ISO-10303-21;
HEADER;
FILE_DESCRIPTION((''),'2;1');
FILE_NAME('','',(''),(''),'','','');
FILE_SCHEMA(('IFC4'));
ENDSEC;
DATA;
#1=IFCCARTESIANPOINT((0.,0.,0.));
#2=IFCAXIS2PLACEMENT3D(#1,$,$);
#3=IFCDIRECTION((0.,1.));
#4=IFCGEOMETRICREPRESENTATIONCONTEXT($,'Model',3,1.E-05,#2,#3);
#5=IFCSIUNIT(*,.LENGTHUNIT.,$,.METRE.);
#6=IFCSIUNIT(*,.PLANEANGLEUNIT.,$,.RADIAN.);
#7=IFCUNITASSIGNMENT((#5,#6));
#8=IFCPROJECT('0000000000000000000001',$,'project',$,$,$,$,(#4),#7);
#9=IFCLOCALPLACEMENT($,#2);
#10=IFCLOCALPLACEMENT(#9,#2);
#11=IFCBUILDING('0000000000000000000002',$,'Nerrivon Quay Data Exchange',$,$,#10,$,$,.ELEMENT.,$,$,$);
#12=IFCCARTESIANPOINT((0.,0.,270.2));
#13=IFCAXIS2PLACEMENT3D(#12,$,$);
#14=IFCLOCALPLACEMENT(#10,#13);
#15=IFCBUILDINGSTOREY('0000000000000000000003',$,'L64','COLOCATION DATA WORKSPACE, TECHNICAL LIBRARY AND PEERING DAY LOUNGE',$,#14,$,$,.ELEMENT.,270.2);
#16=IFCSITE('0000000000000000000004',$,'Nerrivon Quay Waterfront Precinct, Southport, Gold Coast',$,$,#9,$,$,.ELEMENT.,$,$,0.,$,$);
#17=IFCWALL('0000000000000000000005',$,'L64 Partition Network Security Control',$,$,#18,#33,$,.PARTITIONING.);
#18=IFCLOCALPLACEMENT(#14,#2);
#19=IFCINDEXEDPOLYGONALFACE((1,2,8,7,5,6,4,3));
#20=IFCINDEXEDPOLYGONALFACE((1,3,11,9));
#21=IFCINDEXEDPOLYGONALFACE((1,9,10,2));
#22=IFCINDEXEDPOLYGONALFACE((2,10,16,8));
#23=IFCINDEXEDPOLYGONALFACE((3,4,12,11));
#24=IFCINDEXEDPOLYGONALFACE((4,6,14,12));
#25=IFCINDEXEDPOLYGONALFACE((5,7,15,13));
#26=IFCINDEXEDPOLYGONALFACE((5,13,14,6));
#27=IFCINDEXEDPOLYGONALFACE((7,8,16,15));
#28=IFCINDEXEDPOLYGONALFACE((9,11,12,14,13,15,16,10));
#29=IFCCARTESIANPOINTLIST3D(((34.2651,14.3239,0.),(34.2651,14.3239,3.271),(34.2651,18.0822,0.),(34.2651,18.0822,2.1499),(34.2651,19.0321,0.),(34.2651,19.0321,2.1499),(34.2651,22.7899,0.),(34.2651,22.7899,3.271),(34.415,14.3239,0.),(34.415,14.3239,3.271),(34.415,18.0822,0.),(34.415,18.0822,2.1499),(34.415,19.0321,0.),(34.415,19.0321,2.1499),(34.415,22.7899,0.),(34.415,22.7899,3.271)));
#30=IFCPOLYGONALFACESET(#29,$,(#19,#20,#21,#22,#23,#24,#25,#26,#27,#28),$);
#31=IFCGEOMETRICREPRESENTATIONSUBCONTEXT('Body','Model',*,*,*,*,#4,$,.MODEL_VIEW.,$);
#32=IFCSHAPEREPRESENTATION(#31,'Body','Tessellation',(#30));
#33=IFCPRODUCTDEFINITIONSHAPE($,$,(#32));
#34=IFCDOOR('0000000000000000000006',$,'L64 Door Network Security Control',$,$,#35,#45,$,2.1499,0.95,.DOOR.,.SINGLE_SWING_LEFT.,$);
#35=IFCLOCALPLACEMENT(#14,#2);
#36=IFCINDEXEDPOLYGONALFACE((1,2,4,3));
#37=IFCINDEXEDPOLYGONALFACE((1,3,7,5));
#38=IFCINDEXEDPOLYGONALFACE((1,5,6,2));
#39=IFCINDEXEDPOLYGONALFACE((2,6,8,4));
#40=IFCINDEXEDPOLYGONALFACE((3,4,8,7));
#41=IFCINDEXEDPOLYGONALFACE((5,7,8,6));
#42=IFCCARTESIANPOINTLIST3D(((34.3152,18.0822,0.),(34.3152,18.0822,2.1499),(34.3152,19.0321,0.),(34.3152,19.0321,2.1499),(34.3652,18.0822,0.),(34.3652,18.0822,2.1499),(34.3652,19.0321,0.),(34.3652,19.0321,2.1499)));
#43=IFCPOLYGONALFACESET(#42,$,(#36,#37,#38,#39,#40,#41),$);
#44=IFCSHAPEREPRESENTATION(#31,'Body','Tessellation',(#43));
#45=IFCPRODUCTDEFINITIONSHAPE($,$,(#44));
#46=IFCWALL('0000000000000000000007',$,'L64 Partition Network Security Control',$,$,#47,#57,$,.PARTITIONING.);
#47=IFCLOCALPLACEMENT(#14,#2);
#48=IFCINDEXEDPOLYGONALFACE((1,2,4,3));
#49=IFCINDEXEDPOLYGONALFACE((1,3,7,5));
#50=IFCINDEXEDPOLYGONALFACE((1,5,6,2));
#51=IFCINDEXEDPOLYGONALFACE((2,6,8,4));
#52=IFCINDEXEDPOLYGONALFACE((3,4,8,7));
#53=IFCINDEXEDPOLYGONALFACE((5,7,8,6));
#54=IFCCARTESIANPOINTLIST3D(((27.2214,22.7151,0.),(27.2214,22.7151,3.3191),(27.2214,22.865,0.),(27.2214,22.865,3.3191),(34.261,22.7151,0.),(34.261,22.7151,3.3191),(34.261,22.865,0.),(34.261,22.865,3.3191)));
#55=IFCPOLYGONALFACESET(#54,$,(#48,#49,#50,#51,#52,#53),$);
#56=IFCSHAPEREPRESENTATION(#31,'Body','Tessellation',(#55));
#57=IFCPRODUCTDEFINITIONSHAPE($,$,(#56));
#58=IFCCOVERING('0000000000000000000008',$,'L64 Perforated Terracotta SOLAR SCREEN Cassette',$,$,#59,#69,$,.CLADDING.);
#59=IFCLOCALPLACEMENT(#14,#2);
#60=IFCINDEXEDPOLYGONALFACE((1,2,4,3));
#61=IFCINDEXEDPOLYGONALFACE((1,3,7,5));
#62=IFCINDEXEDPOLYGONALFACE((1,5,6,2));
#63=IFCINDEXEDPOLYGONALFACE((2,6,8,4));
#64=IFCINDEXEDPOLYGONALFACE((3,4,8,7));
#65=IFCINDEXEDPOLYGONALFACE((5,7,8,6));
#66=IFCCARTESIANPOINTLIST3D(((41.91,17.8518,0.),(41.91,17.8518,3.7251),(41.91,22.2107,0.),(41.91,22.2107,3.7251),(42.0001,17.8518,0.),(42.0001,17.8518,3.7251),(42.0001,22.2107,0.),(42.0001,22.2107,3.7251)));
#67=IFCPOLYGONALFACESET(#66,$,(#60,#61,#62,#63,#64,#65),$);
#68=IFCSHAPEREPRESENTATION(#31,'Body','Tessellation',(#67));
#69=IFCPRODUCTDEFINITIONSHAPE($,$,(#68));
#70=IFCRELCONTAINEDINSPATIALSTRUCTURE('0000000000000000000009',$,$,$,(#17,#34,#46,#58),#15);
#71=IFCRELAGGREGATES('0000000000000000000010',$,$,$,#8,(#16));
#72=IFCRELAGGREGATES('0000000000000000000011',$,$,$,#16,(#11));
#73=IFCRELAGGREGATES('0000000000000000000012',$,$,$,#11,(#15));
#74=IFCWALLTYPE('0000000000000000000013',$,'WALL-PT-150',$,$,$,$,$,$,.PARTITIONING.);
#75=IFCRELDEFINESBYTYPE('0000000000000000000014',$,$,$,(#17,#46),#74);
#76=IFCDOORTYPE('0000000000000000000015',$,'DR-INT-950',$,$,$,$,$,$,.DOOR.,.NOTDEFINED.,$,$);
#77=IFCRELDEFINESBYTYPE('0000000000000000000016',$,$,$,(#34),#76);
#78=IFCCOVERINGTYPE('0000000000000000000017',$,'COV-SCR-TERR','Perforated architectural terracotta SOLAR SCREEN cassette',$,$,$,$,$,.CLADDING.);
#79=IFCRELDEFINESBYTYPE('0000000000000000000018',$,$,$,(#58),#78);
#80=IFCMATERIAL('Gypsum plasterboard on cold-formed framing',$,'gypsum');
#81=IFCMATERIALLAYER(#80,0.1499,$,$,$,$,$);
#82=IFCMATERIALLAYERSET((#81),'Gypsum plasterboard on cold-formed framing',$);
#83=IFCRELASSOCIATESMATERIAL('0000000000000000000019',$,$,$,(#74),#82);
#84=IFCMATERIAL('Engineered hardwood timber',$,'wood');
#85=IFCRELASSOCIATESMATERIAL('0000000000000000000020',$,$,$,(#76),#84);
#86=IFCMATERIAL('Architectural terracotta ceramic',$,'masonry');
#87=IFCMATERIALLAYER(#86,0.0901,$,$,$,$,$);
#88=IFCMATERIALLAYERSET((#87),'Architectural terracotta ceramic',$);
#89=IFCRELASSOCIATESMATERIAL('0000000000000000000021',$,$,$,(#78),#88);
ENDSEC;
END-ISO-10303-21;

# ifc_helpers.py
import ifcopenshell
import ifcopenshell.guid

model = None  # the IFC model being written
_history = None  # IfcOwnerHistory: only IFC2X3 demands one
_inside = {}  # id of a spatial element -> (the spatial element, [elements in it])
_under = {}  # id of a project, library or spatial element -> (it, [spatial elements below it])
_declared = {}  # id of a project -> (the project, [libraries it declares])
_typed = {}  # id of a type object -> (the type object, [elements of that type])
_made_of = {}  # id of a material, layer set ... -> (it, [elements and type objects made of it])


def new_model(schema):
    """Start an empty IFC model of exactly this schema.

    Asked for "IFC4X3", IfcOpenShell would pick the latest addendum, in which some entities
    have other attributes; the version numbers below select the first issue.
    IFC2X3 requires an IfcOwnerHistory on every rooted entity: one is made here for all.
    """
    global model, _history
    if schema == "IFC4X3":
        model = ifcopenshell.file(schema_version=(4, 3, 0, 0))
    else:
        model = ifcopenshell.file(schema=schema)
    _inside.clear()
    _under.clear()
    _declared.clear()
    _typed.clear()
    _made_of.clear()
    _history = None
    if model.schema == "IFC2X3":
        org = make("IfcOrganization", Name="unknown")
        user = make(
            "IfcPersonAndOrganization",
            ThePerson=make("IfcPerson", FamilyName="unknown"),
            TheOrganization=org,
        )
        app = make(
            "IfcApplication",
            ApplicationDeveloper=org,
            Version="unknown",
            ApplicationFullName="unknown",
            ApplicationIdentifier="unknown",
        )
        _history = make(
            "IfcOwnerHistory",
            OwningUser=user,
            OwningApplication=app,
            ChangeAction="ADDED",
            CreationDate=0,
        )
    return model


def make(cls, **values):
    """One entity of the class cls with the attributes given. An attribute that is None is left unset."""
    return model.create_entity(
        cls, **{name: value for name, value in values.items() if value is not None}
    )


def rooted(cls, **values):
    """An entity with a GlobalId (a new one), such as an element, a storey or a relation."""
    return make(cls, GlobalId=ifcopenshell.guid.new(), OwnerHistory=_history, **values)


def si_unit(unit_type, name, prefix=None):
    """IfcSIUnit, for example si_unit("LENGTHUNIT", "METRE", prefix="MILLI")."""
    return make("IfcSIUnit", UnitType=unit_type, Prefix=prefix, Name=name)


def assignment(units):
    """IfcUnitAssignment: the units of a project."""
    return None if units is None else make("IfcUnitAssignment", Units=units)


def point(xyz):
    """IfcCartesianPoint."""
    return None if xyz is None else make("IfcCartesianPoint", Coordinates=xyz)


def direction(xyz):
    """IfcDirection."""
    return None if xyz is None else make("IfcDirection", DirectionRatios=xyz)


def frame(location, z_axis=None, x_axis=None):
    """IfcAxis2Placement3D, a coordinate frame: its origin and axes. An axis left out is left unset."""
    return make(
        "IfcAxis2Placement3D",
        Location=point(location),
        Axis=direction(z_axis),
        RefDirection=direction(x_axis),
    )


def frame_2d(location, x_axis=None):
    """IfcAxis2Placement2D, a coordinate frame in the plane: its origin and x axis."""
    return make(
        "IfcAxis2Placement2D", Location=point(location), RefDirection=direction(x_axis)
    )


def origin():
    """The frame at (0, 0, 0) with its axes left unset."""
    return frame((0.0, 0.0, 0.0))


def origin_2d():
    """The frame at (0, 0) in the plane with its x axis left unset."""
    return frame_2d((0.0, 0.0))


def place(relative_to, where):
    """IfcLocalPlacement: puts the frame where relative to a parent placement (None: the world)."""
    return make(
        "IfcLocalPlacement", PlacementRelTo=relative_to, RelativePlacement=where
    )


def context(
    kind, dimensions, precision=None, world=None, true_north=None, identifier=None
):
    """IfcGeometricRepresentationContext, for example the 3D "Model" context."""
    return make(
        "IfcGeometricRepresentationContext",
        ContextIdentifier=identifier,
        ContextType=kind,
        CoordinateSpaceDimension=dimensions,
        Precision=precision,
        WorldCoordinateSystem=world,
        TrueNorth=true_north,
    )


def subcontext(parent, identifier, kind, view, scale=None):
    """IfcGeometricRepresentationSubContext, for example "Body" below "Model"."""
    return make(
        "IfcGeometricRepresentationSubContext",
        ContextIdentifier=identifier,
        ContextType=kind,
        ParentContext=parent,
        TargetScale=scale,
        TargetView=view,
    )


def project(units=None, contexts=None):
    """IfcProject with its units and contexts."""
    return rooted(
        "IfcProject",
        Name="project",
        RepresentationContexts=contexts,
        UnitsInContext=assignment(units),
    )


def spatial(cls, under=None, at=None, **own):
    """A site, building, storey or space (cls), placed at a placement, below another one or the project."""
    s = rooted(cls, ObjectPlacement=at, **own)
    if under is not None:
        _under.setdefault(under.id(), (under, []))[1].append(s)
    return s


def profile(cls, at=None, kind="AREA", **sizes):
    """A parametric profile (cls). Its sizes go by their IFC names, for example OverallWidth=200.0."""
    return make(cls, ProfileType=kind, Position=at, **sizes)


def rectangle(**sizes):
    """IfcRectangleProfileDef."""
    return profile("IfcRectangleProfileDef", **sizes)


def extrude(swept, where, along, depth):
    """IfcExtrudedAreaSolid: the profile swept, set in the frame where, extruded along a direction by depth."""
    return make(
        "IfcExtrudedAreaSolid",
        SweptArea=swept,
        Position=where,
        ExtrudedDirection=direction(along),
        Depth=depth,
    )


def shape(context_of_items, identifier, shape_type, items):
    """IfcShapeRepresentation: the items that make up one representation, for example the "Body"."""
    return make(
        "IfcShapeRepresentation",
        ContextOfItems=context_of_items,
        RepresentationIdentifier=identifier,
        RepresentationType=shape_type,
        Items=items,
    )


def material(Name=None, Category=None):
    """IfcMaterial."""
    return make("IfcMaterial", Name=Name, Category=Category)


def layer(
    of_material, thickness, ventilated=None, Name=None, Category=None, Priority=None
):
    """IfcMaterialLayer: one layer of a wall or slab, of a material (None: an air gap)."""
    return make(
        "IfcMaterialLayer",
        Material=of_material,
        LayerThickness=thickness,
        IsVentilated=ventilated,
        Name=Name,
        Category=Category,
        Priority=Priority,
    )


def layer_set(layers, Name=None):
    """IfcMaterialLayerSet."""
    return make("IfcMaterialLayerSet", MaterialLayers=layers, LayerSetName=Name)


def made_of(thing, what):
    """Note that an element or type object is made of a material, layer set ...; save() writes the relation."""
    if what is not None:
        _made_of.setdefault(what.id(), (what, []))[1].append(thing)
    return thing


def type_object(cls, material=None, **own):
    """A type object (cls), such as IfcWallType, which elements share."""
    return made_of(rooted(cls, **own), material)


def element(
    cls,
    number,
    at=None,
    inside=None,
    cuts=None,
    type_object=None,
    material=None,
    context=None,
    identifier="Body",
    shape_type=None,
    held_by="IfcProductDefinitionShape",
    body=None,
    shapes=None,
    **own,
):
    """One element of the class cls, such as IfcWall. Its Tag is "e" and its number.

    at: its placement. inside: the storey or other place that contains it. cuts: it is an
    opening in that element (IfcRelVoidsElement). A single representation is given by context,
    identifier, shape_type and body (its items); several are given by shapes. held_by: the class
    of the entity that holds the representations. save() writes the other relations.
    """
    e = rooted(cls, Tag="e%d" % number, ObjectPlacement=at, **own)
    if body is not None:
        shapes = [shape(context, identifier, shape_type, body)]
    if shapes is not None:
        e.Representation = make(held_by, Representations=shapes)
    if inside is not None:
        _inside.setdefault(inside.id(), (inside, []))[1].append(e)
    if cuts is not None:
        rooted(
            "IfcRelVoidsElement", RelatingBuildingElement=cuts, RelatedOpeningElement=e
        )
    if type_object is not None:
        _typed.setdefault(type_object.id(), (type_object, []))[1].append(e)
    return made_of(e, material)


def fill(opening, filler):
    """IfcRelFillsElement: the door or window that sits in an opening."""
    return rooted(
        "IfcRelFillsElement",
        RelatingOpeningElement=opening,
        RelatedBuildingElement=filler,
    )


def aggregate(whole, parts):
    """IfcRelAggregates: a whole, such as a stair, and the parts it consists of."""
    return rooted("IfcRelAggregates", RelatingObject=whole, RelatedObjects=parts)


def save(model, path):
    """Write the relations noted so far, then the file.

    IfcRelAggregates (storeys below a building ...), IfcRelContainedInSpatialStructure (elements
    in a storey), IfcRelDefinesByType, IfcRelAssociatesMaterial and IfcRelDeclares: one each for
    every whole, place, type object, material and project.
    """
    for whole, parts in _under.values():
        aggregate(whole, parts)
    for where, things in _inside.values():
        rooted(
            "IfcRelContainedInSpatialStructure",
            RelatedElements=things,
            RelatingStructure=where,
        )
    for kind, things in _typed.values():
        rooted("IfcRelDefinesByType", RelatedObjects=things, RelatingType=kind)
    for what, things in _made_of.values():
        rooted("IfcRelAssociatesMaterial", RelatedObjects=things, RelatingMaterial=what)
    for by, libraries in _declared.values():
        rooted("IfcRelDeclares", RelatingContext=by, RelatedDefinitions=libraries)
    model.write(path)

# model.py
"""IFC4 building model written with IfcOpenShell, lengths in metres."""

from ifc_helpers import new_model, si_unit, direction, frame, frame_2d, origin, origin_2d, place, context, subcontext, project, spatial, rectangle, extrude, material, layer, layer_set, type_object, element, fill, save


model = new_model("IFC4")

# Units and contexts
model_context = context("Model", 3, precision=1e-05, world=origin(), true_north=direction((0.0, 1.0)))
body_context = subcontext(model_context, "Body", "Model", "MODEL_VIEW")
ifc_project = project(units=[si_unit("LENGTHUNIT", "METRE"), si_unit("PLANEANGLEUNIT", "RADIAN")], contexts=[model_context])

# Site, building, storey
site_placement = place(None, origin())
site = spatial("IfcSite", under=ifc_project, at=site_placement, Name="Nerrivon Quay Waterfront Precinct, Southport, Gold Coast", CompositionType="ELEMENT", RefElevation=0.0)
building_placement = place(site_placement, origin())
building = spatial("IfcBuilding", under=site, at=building_placement, Name="Nerrivon Quay Data Exchange", CompositionType="ELEMENT")
storey_placement = place(building_placement, frame((0.0, 0.0, 270.2)))
storey = spatial("IfcBuildingStorey", under=building, at=storey_placement, Name="L64", Description="COLOCATION DATA WORKSPACE, TECHNICAL LIBRARY AND PEERING DAY LOUNGE", CompositionType="ELEMENT", Elevation=270.2)

# Wall, opening, door
ifc_material_1 = material(Name="Gypsum plasterboard on cold-formed framing", Category="gypsum")
ifc_material_2 = material(Name="Engineered hardwood timber", Category="wood")
ifc_layer_1 = layer(ifc_material_1, 0.1499)
ifc_layer_set_1 = layer_set([ifc_layer_1], Name="Gypsum plasterboard on cold-formed framing")
wall_type_1 = type_object("IfcWallType", Name="WALL-PT-150", PredefinedType="PARTITIONING", material=ifc_layer_set_1)
wall_1_placement = place(storey_placement, frame((34.3401, 14.324, 0.0), z_axis=(0.0, 0.0, 1.0), x_axis=(0.0, 1.0, 0.0)))
wall_1 = element("IfcWall", 1, at=wall_1_placement, inside=storey, type_object=wall_type_1, Name="L64 Partition Network Security Control", PredefinedType="PARTITIONING", context=body_context, shape_type="SweptSolid", body=[
    extrude(rectangle(XDim=8.4661, YDim=0.1499, at=frame_2d((4.2329, 0.0))), origin(), (0.0, 0.0, 1.0), 3.271),
])
opening_1_placement = place(wall_1_placement, frame((3.7581, 0.0, 0.0)))
opening_1 = element("IfcOpeningElement", 2, at=opening_1_placement, cuts=wall_1, PredefinedType="OPENING", context=body_context, shape_type="SweptSolid", body=[
    extrude(rectangle(XDim=0.95, YDim=2.1499, at=frame_2d((0.4751, 1.075))), frame((0.0, 0.085, 0.0), z_axis=(0.0, -1.0, 0.0), x_axis=(1.0, 0.0, 0.0)), (0.0, 0.0, 1.0), 0.1699),
])
door_type_1 = type_object("IfcDoorType", Name="DR-INT-950", OperationType="NOTDEFINED", PredefinedType="DOOR", material=ifc_material_2)
door_1_placement = place(opening_1_placement, origin())
door_1 = element("IfcDoor", 3, at=door_1_placement, inside=storey, type_object=door_type_1, Name="L64 Door Network Security Control", OperationType="SINGLE_SWING_LEFT", OverallHeight=2.1499, OverallWidth=0.95, PredefinedType="DOOR", context=body_context, shape_type="SweptSolid", body=[
    extrude(rectangle(XDim=0.95, YDim=2.1499, at=frame_2d((0.4751, 1.075))), frame((0.0, 0.0249, 0.0), z_axis=(0.0, -1.0, 0.0), x_axis=(1.0, 0.0, 0.0)), (0.0, 0.0, 1.0), 0.05),
])
fill(opening_1, door_1)

# Wall
wall_2_placement = place(storey_placement, frame((34.261, 22.79, 0.0), z_axis=(0.0, 0.0, 1.0), x_axis=(-1.0, 0.0, 0.0)))
element("IfcWall", 4, at=wall_2_placement, inside=storey, type_object=wall_type_1, Name="L64 Partition Network Security Control", PredefinedType="PARTITIONING", context=body_context, shape_type="SweptSolid", body=[
    extrude(rectangle(XDim=7.0396, YDim=0.1499, at=frame_2d((3.5198, 0.0))), origin(), (0.0, 0.0, 1.0), 3.3191),
])

# Covering
ifc_material_3 = material(Name="Architectural terracotta ceramic", Category="masonry")
ifc_layer_2 = layer(ifc_material_3, 0.0901)
ifc_layer_set_2 = layer_set([ifc_layer_2], Name="Architectural terracotta ceramic")
covering_type = type_object("IfcCoveringType", Name="COV-SCR-TERR", Description="Perforated architectural terracotta SOLAR SCREEN cassette", PredefinedType="CLADDING", material=ifc_layer_set_2)
covering_placement = place(storey_placement, frame((41.9551, 20.0312, 0.0), z_axis=(0.0, 0.0, 1.0), x_axis=(0.0, -1.0, 0.0)))
element("IfcCovering", 5, at=covering_placement, inside=storey, type_object=covering_type, Name="L64 Perforated Terracotta SOLAR SCREEN Cassette", PredefinedType="CLADDING", context=body_context, shape_type="SweptSolid", body=[
    extrude(rectangle(XDim=4.3589, YDim=0.0901, at=origin_2d()), origin(), (0.0, 0.0, 1.0), 3.7251),
])

save(model, "model.ifc")
